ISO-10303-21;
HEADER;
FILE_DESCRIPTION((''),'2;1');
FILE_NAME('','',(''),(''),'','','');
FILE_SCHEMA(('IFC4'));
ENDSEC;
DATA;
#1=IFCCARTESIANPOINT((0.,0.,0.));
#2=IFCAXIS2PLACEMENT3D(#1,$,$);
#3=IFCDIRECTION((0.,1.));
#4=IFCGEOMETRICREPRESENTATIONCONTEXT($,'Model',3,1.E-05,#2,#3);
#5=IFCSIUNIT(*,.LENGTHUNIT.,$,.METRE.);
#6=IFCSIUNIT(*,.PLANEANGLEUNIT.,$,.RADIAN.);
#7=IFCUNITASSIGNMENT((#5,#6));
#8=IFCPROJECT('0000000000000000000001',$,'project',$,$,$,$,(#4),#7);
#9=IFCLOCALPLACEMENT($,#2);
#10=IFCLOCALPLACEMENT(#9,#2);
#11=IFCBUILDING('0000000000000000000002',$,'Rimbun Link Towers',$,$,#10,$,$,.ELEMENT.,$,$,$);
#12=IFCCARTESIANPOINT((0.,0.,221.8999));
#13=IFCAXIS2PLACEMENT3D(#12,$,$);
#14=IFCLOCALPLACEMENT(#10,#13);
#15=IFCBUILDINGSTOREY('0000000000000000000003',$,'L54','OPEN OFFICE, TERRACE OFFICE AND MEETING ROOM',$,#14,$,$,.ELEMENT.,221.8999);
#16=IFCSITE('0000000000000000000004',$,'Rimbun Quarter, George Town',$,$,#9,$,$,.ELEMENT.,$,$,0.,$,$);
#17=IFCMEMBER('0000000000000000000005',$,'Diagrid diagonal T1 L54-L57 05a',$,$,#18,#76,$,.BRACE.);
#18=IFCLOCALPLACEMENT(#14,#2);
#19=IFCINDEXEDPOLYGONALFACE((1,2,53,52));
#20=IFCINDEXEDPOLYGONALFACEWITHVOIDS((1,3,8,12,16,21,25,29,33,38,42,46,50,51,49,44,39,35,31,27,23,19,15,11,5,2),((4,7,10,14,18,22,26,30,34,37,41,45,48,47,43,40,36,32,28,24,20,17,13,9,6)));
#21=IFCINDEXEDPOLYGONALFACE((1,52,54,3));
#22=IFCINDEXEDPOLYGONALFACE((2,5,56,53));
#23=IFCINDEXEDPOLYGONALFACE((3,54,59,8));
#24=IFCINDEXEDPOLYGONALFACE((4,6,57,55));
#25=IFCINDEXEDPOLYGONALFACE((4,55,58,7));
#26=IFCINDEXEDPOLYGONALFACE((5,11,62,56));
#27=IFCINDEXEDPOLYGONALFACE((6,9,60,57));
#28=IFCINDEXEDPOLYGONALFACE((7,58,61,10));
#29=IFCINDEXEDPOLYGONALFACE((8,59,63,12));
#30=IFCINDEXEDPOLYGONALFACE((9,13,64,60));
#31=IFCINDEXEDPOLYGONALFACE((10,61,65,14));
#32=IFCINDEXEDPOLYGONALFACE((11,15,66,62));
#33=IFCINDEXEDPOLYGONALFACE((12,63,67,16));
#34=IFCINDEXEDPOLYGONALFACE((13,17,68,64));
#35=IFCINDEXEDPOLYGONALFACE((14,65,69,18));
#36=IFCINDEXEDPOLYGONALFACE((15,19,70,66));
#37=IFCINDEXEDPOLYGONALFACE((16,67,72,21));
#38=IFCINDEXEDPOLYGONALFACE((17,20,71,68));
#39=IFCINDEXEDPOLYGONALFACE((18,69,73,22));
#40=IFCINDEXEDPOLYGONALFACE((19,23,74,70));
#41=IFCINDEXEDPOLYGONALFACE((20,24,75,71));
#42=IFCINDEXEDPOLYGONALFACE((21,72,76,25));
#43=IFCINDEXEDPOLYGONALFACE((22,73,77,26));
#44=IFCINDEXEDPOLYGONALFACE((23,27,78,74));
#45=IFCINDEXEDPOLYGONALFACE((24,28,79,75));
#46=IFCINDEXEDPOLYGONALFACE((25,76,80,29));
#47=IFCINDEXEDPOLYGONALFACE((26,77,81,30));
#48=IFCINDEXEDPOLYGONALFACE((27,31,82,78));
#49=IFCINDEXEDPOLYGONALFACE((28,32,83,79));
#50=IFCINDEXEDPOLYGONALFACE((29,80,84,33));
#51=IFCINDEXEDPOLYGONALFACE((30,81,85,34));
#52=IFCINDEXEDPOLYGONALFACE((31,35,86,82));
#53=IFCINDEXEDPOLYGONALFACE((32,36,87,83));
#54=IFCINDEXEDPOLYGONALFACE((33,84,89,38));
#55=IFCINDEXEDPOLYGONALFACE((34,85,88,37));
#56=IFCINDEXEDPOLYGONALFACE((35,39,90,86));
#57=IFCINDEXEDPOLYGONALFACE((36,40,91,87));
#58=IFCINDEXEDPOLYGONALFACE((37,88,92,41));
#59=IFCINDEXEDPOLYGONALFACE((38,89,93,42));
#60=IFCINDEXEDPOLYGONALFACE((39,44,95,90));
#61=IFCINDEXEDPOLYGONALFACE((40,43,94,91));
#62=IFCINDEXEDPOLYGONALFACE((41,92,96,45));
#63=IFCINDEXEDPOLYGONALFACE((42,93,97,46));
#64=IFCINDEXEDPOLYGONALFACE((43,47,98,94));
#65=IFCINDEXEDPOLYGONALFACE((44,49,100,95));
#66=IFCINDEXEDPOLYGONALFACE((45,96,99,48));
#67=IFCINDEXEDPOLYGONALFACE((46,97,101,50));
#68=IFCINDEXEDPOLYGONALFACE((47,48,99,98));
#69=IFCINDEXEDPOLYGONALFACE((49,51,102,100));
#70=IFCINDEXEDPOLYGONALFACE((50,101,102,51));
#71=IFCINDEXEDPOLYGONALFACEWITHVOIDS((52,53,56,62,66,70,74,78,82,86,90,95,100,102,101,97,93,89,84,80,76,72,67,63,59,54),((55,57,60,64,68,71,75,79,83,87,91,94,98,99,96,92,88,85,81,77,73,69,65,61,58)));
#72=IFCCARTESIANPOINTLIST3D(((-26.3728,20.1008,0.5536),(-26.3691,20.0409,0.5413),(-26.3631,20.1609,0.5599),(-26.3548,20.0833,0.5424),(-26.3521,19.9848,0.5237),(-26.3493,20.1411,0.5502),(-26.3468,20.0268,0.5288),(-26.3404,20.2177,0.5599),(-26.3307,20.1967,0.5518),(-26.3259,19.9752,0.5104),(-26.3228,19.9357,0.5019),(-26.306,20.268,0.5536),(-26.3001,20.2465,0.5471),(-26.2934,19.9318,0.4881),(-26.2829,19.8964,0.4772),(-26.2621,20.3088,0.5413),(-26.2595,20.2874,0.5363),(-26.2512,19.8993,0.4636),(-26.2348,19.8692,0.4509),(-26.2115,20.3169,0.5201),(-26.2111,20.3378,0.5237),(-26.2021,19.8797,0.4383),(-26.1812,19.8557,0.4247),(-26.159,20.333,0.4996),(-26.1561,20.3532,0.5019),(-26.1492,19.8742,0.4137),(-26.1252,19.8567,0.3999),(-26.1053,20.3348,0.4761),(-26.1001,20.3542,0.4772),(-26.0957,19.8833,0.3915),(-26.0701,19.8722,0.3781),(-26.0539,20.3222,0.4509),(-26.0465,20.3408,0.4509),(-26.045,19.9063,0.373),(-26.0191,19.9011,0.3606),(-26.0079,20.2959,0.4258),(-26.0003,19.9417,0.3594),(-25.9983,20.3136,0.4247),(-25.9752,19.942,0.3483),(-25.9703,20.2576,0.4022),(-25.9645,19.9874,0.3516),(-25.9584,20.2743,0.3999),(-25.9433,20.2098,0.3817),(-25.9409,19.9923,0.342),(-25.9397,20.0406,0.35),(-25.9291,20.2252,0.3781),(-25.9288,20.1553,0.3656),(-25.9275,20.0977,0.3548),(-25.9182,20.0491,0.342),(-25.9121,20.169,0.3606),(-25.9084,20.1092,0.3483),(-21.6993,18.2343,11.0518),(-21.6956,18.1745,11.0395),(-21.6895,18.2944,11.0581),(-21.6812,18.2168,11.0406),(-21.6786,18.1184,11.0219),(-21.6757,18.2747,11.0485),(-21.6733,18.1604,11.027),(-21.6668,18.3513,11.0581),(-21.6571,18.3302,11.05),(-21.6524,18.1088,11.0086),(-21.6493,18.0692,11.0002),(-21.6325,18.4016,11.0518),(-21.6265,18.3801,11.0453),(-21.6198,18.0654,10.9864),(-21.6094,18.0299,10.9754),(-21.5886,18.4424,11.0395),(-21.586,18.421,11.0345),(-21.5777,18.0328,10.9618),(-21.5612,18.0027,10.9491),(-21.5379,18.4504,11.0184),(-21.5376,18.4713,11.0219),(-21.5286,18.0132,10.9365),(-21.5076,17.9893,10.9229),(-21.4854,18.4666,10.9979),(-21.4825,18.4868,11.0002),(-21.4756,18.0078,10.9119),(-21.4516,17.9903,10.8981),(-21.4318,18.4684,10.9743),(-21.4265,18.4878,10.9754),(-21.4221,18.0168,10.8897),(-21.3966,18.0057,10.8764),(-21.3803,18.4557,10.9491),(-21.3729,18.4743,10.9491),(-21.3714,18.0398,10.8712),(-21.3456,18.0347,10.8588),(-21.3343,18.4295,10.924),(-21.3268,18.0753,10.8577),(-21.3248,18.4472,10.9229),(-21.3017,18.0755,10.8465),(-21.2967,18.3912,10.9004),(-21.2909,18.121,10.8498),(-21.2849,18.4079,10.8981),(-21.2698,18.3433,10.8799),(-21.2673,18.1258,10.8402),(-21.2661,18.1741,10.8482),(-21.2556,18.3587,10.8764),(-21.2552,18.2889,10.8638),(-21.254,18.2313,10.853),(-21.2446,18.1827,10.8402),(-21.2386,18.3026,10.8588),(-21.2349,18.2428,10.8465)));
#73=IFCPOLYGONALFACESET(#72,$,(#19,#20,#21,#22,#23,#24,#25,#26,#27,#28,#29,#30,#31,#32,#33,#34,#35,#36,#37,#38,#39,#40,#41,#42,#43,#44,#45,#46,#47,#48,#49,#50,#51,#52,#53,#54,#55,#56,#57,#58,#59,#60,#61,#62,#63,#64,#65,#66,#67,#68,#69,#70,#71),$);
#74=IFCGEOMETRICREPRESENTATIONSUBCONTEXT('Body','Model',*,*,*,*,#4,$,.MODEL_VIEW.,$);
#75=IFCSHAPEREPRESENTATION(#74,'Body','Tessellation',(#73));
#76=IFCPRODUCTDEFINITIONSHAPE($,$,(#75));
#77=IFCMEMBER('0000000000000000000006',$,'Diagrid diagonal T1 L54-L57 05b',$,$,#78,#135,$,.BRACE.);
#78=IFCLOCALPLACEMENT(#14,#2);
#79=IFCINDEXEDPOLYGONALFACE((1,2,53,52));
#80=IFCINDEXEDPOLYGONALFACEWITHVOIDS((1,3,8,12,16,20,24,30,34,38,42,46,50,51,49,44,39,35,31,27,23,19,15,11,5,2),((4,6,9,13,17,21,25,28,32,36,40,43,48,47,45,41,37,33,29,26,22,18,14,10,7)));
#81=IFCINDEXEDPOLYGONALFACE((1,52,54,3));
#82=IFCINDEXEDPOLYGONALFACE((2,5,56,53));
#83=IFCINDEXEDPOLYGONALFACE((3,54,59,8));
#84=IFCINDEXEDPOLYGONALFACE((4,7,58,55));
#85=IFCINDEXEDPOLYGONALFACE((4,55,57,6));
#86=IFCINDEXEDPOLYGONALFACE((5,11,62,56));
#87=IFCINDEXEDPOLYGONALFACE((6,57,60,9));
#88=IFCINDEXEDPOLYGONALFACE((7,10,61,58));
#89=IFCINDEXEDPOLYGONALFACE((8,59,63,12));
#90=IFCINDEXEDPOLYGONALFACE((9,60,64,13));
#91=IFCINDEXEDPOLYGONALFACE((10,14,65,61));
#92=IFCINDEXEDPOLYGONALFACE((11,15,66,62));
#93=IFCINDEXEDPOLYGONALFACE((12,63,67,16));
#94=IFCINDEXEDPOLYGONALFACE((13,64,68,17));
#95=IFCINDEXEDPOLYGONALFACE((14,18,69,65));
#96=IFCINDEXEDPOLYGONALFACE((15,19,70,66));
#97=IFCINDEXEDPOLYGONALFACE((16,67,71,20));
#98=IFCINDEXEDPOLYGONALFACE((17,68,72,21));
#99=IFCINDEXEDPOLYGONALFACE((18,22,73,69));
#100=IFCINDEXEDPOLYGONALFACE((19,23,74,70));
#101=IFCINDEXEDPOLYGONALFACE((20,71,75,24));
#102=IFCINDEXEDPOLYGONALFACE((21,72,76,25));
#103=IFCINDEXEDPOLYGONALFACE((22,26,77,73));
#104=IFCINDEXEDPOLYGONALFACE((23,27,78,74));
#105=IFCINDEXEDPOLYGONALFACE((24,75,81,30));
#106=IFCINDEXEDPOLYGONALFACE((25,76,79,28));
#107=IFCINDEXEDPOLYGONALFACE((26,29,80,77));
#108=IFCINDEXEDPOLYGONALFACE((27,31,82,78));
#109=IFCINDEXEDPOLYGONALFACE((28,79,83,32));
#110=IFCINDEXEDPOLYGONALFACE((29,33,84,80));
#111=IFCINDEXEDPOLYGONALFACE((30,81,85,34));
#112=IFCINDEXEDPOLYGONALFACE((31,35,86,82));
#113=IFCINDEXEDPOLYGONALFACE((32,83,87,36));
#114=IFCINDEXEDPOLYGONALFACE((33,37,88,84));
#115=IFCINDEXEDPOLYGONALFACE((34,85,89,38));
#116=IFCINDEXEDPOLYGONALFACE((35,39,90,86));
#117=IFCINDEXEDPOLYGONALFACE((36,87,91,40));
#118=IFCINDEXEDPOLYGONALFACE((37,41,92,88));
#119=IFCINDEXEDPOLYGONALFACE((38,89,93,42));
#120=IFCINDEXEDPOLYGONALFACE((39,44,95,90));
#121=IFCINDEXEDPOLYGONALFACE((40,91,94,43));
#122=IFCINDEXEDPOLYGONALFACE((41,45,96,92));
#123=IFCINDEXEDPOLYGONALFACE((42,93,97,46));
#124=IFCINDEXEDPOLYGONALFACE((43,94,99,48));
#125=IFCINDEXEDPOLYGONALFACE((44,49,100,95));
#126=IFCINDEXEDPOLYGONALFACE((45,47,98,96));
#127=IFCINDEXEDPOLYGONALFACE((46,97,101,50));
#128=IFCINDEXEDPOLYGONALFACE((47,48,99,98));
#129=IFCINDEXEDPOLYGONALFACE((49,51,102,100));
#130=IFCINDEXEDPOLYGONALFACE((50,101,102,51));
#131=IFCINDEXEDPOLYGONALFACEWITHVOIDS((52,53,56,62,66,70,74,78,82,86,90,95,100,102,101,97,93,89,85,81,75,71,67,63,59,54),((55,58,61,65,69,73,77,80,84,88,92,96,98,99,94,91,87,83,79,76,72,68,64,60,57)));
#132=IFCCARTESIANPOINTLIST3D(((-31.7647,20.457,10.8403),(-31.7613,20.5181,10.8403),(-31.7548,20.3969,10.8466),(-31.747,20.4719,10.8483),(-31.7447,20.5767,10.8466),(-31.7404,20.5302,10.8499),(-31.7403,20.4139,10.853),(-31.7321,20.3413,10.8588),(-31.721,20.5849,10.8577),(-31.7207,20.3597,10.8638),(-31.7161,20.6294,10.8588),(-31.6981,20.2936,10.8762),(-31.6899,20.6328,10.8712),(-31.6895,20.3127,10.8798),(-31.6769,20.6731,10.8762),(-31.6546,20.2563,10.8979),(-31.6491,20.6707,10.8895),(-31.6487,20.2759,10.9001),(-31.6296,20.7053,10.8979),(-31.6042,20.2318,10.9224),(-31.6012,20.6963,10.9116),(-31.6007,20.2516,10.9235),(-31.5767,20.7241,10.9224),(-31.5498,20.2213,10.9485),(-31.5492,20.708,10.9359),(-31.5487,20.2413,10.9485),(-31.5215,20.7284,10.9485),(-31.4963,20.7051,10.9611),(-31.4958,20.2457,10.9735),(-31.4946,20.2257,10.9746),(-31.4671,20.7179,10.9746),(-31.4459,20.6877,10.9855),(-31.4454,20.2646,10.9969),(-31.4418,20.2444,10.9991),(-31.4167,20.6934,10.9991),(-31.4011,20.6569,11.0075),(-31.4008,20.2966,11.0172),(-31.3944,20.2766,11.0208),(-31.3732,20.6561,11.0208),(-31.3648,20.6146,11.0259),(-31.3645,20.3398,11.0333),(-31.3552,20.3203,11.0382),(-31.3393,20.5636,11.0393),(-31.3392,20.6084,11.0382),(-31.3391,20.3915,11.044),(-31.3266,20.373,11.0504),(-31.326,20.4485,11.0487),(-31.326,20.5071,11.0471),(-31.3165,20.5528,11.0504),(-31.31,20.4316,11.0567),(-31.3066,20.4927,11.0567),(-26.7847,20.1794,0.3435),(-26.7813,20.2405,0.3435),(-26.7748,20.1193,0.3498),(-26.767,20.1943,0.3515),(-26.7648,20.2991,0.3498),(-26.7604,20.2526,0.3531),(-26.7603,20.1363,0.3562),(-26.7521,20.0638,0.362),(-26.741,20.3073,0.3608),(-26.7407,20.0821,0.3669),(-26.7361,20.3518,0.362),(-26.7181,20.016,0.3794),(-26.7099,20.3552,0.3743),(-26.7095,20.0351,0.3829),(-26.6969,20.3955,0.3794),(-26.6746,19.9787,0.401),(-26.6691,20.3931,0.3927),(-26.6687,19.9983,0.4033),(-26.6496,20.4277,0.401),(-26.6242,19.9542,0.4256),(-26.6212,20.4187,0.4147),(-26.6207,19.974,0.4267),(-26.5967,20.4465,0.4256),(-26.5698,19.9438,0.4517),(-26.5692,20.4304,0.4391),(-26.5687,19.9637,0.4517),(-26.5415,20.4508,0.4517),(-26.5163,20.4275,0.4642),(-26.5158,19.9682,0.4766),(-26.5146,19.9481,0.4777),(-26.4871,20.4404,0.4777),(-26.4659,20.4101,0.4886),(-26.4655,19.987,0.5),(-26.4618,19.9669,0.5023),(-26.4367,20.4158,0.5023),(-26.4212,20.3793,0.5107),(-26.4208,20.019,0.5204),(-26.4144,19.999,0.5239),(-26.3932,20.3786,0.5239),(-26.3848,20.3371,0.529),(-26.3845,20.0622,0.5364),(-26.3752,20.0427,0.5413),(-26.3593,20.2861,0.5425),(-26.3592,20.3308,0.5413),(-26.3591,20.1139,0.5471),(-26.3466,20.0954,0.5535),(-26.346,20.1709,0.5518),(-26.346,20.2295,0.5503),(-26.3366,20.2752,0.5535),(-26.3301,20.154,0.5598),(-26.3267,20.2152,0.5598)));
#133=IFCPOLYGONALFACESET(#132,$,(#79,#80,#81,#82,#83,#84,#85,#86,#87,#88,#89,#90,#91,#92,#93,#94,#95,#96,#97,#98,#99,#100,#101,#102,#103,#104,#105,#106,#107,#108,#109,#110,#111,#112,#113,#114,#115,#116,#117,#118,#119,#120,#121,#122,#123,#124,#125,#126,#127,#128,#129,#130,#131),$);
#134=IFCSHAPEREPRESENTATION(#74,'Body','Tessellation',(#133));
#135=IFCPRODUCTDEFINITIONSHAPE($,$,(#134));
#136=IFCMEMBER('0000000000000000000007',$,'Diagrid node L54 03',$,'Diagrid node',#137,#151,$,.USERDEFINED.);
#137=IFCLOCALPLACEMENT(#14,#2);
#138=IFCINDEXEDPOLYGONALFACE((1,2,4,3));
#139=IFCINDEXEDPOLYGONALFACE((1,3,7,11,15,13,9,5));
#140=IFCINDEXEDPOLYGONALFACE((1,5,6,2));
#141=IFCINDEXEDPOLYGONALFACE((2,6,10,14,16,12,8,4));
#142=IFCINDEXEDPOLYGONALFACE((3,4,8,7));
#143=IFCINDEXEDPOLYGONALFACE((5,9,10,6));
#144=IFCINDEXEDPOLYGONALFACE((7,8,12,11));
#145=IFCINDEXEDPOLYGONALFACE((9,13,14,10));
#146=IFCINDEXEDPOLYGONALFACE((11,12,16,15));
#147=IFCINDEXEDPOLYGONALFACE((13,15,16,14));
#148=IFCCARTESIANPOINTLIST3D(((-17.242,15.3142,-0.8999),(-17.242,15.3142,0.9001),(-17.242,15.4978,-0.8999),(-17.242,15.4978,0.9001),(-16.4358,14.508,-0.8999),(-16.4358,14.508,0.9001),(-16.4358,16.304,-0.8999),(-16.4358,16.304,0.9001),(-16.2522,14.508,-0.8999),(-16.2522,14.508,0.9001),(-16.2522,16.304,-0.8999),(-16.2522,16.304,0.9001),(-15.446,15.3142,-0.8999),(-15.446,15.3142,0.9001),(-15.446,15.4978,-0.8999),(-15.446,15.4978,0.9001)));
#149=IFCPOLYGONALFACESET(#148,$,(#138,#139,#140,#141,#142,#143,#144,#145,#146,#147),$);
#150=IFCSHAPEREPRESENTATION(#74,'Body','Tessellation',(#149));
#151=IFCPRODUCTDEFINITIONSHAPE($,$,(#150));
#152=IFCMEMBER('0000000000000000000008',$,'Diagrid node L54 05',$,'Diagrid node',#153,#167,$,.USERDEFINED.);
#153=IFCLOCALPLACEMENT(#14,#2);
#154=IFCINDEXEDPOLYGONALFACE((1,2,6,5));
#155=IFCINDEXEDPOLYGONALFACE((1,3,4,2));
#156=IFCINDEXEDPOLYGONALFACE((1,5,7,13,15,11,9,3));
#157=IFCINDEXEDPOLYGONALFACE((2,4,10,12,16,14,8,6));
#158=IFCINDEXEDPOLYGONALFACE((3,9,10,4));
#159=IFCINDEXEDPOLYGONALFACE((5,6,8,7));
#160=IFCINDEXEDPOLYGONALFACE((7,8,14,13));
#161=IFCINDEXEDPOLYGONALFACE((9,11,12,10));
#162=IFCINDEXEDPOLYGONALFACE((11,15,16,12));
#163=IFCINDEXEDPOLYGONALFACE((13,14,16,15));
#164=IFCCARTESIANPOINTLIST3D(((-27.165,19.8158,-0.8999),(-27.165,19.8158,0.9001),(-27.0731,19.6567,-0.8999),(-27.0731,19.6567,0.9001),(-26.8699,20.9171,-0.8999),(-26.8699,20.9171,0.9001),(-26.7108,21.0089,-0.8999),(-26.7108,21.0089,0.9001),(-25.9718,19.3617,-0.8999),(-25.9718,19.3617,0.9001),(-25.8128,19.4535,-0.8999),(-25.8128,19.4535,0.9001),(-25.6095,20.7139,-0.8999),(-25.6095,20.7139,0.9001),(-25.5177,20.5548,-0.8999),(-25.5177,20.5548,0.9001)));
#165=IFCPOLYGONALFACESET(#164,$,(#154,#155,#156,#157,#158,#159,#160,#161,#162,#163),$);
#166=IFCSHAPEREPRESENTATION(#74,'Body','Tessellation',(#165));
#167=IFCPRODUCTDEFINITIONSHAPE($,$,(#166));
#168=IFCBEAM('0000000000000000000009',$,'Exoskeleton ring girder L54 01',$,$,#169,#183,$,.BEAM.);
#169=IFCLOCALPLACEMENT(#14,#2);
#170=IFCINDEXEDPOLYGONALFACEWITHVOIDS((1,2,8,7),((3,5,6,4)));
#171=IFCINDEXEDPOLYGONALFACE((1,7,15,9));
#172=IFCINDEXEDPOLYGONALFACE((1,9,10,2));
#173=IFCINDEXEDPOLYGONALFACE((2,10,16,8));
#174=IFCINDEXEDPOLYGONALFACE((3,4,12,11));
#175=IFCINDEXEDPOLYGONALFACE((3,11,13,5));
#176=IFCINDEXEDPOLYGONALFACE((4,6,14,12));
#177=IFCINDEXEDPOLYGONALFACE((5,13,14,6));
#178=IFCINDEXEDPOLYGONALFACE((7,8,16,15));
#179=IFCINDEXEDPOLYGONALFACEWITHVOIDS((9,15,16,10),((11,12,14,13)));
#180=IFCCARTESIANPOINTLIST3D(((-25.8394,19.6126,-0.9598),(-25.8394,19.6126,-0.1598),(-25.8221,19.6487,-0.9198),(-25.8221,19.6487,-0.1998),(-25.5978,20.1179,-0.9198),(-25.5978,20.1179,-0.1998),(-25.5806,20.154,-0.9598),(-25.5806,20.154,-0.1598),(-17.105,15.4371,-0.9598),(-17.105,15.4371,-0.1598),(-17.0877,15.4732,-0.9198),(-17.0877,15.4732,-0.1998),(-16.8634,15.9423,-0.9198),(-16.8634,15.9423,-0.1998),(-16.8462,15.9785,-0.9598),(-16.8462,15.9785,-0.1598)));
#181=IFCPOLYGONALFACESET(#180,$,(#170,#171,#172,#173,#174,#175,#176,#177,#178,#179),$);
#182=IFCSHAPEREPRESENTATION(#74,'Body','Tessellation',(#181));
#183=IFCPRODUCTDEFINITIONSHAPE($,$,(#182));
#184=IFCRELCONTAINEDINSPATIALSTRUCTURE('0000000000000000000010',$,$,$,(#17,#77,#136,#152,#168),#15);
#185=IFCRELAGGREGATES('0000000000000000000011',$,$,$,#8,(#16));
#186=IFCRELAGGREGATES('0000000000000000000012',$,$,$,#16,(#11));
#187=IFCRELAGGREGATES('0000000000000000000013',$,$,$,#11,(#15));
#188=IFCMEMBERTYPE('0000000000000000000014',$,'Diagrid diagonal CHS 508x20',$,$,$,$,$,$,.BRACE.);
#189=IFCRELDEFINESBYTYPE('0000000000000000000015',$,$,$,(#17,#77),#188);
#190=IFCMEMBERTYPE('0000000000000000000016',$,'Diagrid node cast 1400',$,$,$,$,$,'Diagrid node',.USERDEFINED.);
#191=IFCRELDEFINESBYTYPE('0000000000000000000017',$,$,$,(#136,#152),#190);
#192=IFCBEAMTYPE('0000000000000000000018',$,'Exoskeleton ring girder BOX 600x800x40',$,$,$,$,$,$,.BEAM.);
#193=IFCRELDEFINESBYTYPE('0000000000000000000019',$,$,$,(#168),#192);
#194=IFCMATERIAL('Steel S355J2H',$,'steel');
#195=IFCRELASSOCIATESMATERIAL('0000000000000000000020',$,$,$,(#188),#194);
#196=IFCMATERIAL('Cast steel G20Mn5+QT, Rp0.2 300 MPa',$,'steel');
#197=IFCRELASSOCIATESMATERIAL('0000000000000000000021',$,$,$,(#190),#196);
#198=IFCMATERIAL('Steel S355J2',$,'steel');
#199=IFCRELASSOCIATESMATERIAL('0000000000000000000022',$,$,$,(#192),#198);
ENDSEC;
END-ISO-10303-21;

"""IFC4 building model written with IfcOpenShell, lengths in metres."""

from ifc_helpers import new_model, si_unit, direction, frame, origin, origin_2d, place, context, subcontext, project, spatial, polyline, hollow_rectangle, hollow_circle, outline, extrude, material, material_profile, profile_set, type_object, element, save


model = new_model("IFC4")

# Units and contexts
model_context = context("Model", 3, precision=1e-05, world=origin(), true_north=direction((0.0, 1.0)))
body_context = subcontext(model_context, "Body", "Model", "MODEL_VIEW")
ifc_project = project(units=[si_unit("LENGTHUNIT", "METRE"), si_unit("PLANEANGLEUNIT", "RADIAN")], contexts=[model_context])

# Site, building, storey
site_placement = place(None, origin())
site = spatial("IfcSite", under=ifc_project, at=site_placement, Name="Rimbun Quarter, George Town", CompositionType="ELEMENT", RefElevation=0.0)
building_placement = place(site_placement, origin())
building = spatial("IfcBuilding", under=site, at=building_placement, Name="Rimbun Link Towers", CompositionType="ELEMENT")
storey_placement = place(building_placement, frame((0.0, 0.0, 221.8999)))
storey = spatial("IfcBuildingStorey", under=building, at=storey_placement, Name="L54", Description="OPEN OFFICE, TERRACE OFFICE AND MEETING ROOM", CompositionType="ELEMENT", Elevation=221.8999)

# Members
ifc_material_1 = material(Name="Steel S355J2H", Category="steel")
ifc_material_profile_1 = material_profile(ifc_material_1, hollow_circle(Radius=0.2539, WallThickness=0.02, at=origin_2d()), Name="Diagrid diagonal CHS 508x20")
ifc_profile_set_1 = profile_set([ifc_material_profile_1], Name="Steel S355J2H")
member_type_1 = type_object("IfcMemberType", Name="Diagrid diagonal CHS 508x20", PredefinedType="BRACE", material=ifc_profile_set_1)
member_1_placement = place(storey_placement, frame((-26.1406, 20.105, 0.4509), z_axis=(0.401436, -0.160318, 0.901747), x_axis=(0.37088, 0.928681, 0.0)))
element("IfcMember", 1, at=member_1_placement, inside=storey, type_object=member_type_1, Name="Diagrid diagonal T1 L54-L57 05a", PredefinedType="BRACE", context=body_context, shape_type="SweptSolid", body=[
    extrude(hollow_circle(Radius=0.2539, WallThickness=0.02, at=origin_2d()), origin(), (0.0, 0.0, 1.0), 11.6421),
])
member_2_placement = place(storey_placement, frame((-26.5557, 20.1973, 0.4517), z_axis=(-0.428512, 0.023886, 0.90322), x_axis=(-0.055654, -0.99845, 0.0)))
element("IfcMember", 2, at=member_2_placement, inside=storey, type_object=member_type_1, Name="Diagrid diagonal T1 L54-L57 05b", PredefinedType="BRACE", context=body_context, shape_type="SweptSolid", body=[
    extrude(hollow_circle(Radius=0.2539, WallThickness=0.02, at=origin_2d()), origin(), (0.0, 0.0, 1.0), 11.6216),
])
ifc_material_2 = material(Name="Cast steel G20Mn5+QT, Rp0.2 300 MPa", Category="steel")
ifc_material_profile_2 = material_profile(ifc_material_2, outline(polyline([(0.7, -0.5701), (0.7, 0.5701), (0.5701, 0.7), (-0.5701, 0.7), (-0.7, 0.5701), (-0.7, -0.5701), (-0.5701, -0.7), (0.5701, -0.7), (0.7, -0.5701)])), Name="NODE 1400x1400")
ifc_profile_set_2 = profile_set([ifc_material_profile_2], Name="Cast steel G20Mn5+QT, Rp0.2 300 MPa")
member_type_2 = type_object("IfcMemberType", Name="Diagrid node cast 1400", ElementType="Diagrid node", PredefinedType="USERDEFINED", material=ifc_profile_set_2)
for number, where, z_axis, x_axis, name in (
    (3, (-16.344, 15.406, -0.8999), (0.0, 0.0, 1.0), (0.707107, 0.707107, 0.0), "Diagrid node L54 03"),
    (4, (-26.3413, 20.1853, -0.8999), (0.0, 0.0, 1.0), (0.258819, 0.965926, 0.0), "Diagrid node L54 05"),
):
    element("IfcMember", number, at=place(storey_placement, frame(where, z_axis=z_axis, x_axis=x_axis)), inside=storey, type_object=member_type_2, Name=name, ObjectType="Diagrid node", PredefinedType="USERDEFINED", context=body_context, shape_type="SweptSolid", body=[
        extrude(outline(polyline([(0.7, -0.5701), (0.7, 0.5701), (0.5701, 0.7), (-0.5701, 0.7), (-0.7, 0.5701), (-0.7, -0.5701), (-0.5701, -0.7), (0.5701, -0.7), (0.7, -0.5701)])), origin(), (0.0, 0.0, 1.0), 1.8),
    ])

# Beam
ifc_material_3 = material(Name="Steel S355J2", Category="steel")
ifc_material_profile_3 = material_profile(ifc_material_3, hollow_rectangle(XDim=0.6001, YDim=0.8, WallThickness=0.04, at=origin_2d()), Name="Exoskeleton ring girder BOX 600x800x40")
ifc_profile_set_3 = profile_set([ifc_material_profile_3], Name="Steel S355J2")
beam_type_1 = type_object("IfcBeamType", Name="Exoskeleton ring girder BOX 600x800x40", PredefinedType="BEAM", material=ifc_profile_set_3)
beam_1_placement = place(storey_placement, frame((-16.9756, 15.7078, -0.5598), z_axis=(-0.902205, 0.431306, 0.0), x_axis=(-0.431306, -0.902205, 0.0)))
element("IfcBeam", 5, at=beam_1_placement, inside=storey, type_object=beam_type_1, Name="Exoskeleton ring girder L54 01", PredefinedType="BEAM", context=body_context, shape_type="SweptSolid", body=[
    extrude(hollow_rectangle(XDim=0.6001, YDim=0.8, WallThickness=0.04, at=origin_2d()), origin(), (0.0, 0.0, 1.0), 9.6812),
])

save(model, "model.ifc")
